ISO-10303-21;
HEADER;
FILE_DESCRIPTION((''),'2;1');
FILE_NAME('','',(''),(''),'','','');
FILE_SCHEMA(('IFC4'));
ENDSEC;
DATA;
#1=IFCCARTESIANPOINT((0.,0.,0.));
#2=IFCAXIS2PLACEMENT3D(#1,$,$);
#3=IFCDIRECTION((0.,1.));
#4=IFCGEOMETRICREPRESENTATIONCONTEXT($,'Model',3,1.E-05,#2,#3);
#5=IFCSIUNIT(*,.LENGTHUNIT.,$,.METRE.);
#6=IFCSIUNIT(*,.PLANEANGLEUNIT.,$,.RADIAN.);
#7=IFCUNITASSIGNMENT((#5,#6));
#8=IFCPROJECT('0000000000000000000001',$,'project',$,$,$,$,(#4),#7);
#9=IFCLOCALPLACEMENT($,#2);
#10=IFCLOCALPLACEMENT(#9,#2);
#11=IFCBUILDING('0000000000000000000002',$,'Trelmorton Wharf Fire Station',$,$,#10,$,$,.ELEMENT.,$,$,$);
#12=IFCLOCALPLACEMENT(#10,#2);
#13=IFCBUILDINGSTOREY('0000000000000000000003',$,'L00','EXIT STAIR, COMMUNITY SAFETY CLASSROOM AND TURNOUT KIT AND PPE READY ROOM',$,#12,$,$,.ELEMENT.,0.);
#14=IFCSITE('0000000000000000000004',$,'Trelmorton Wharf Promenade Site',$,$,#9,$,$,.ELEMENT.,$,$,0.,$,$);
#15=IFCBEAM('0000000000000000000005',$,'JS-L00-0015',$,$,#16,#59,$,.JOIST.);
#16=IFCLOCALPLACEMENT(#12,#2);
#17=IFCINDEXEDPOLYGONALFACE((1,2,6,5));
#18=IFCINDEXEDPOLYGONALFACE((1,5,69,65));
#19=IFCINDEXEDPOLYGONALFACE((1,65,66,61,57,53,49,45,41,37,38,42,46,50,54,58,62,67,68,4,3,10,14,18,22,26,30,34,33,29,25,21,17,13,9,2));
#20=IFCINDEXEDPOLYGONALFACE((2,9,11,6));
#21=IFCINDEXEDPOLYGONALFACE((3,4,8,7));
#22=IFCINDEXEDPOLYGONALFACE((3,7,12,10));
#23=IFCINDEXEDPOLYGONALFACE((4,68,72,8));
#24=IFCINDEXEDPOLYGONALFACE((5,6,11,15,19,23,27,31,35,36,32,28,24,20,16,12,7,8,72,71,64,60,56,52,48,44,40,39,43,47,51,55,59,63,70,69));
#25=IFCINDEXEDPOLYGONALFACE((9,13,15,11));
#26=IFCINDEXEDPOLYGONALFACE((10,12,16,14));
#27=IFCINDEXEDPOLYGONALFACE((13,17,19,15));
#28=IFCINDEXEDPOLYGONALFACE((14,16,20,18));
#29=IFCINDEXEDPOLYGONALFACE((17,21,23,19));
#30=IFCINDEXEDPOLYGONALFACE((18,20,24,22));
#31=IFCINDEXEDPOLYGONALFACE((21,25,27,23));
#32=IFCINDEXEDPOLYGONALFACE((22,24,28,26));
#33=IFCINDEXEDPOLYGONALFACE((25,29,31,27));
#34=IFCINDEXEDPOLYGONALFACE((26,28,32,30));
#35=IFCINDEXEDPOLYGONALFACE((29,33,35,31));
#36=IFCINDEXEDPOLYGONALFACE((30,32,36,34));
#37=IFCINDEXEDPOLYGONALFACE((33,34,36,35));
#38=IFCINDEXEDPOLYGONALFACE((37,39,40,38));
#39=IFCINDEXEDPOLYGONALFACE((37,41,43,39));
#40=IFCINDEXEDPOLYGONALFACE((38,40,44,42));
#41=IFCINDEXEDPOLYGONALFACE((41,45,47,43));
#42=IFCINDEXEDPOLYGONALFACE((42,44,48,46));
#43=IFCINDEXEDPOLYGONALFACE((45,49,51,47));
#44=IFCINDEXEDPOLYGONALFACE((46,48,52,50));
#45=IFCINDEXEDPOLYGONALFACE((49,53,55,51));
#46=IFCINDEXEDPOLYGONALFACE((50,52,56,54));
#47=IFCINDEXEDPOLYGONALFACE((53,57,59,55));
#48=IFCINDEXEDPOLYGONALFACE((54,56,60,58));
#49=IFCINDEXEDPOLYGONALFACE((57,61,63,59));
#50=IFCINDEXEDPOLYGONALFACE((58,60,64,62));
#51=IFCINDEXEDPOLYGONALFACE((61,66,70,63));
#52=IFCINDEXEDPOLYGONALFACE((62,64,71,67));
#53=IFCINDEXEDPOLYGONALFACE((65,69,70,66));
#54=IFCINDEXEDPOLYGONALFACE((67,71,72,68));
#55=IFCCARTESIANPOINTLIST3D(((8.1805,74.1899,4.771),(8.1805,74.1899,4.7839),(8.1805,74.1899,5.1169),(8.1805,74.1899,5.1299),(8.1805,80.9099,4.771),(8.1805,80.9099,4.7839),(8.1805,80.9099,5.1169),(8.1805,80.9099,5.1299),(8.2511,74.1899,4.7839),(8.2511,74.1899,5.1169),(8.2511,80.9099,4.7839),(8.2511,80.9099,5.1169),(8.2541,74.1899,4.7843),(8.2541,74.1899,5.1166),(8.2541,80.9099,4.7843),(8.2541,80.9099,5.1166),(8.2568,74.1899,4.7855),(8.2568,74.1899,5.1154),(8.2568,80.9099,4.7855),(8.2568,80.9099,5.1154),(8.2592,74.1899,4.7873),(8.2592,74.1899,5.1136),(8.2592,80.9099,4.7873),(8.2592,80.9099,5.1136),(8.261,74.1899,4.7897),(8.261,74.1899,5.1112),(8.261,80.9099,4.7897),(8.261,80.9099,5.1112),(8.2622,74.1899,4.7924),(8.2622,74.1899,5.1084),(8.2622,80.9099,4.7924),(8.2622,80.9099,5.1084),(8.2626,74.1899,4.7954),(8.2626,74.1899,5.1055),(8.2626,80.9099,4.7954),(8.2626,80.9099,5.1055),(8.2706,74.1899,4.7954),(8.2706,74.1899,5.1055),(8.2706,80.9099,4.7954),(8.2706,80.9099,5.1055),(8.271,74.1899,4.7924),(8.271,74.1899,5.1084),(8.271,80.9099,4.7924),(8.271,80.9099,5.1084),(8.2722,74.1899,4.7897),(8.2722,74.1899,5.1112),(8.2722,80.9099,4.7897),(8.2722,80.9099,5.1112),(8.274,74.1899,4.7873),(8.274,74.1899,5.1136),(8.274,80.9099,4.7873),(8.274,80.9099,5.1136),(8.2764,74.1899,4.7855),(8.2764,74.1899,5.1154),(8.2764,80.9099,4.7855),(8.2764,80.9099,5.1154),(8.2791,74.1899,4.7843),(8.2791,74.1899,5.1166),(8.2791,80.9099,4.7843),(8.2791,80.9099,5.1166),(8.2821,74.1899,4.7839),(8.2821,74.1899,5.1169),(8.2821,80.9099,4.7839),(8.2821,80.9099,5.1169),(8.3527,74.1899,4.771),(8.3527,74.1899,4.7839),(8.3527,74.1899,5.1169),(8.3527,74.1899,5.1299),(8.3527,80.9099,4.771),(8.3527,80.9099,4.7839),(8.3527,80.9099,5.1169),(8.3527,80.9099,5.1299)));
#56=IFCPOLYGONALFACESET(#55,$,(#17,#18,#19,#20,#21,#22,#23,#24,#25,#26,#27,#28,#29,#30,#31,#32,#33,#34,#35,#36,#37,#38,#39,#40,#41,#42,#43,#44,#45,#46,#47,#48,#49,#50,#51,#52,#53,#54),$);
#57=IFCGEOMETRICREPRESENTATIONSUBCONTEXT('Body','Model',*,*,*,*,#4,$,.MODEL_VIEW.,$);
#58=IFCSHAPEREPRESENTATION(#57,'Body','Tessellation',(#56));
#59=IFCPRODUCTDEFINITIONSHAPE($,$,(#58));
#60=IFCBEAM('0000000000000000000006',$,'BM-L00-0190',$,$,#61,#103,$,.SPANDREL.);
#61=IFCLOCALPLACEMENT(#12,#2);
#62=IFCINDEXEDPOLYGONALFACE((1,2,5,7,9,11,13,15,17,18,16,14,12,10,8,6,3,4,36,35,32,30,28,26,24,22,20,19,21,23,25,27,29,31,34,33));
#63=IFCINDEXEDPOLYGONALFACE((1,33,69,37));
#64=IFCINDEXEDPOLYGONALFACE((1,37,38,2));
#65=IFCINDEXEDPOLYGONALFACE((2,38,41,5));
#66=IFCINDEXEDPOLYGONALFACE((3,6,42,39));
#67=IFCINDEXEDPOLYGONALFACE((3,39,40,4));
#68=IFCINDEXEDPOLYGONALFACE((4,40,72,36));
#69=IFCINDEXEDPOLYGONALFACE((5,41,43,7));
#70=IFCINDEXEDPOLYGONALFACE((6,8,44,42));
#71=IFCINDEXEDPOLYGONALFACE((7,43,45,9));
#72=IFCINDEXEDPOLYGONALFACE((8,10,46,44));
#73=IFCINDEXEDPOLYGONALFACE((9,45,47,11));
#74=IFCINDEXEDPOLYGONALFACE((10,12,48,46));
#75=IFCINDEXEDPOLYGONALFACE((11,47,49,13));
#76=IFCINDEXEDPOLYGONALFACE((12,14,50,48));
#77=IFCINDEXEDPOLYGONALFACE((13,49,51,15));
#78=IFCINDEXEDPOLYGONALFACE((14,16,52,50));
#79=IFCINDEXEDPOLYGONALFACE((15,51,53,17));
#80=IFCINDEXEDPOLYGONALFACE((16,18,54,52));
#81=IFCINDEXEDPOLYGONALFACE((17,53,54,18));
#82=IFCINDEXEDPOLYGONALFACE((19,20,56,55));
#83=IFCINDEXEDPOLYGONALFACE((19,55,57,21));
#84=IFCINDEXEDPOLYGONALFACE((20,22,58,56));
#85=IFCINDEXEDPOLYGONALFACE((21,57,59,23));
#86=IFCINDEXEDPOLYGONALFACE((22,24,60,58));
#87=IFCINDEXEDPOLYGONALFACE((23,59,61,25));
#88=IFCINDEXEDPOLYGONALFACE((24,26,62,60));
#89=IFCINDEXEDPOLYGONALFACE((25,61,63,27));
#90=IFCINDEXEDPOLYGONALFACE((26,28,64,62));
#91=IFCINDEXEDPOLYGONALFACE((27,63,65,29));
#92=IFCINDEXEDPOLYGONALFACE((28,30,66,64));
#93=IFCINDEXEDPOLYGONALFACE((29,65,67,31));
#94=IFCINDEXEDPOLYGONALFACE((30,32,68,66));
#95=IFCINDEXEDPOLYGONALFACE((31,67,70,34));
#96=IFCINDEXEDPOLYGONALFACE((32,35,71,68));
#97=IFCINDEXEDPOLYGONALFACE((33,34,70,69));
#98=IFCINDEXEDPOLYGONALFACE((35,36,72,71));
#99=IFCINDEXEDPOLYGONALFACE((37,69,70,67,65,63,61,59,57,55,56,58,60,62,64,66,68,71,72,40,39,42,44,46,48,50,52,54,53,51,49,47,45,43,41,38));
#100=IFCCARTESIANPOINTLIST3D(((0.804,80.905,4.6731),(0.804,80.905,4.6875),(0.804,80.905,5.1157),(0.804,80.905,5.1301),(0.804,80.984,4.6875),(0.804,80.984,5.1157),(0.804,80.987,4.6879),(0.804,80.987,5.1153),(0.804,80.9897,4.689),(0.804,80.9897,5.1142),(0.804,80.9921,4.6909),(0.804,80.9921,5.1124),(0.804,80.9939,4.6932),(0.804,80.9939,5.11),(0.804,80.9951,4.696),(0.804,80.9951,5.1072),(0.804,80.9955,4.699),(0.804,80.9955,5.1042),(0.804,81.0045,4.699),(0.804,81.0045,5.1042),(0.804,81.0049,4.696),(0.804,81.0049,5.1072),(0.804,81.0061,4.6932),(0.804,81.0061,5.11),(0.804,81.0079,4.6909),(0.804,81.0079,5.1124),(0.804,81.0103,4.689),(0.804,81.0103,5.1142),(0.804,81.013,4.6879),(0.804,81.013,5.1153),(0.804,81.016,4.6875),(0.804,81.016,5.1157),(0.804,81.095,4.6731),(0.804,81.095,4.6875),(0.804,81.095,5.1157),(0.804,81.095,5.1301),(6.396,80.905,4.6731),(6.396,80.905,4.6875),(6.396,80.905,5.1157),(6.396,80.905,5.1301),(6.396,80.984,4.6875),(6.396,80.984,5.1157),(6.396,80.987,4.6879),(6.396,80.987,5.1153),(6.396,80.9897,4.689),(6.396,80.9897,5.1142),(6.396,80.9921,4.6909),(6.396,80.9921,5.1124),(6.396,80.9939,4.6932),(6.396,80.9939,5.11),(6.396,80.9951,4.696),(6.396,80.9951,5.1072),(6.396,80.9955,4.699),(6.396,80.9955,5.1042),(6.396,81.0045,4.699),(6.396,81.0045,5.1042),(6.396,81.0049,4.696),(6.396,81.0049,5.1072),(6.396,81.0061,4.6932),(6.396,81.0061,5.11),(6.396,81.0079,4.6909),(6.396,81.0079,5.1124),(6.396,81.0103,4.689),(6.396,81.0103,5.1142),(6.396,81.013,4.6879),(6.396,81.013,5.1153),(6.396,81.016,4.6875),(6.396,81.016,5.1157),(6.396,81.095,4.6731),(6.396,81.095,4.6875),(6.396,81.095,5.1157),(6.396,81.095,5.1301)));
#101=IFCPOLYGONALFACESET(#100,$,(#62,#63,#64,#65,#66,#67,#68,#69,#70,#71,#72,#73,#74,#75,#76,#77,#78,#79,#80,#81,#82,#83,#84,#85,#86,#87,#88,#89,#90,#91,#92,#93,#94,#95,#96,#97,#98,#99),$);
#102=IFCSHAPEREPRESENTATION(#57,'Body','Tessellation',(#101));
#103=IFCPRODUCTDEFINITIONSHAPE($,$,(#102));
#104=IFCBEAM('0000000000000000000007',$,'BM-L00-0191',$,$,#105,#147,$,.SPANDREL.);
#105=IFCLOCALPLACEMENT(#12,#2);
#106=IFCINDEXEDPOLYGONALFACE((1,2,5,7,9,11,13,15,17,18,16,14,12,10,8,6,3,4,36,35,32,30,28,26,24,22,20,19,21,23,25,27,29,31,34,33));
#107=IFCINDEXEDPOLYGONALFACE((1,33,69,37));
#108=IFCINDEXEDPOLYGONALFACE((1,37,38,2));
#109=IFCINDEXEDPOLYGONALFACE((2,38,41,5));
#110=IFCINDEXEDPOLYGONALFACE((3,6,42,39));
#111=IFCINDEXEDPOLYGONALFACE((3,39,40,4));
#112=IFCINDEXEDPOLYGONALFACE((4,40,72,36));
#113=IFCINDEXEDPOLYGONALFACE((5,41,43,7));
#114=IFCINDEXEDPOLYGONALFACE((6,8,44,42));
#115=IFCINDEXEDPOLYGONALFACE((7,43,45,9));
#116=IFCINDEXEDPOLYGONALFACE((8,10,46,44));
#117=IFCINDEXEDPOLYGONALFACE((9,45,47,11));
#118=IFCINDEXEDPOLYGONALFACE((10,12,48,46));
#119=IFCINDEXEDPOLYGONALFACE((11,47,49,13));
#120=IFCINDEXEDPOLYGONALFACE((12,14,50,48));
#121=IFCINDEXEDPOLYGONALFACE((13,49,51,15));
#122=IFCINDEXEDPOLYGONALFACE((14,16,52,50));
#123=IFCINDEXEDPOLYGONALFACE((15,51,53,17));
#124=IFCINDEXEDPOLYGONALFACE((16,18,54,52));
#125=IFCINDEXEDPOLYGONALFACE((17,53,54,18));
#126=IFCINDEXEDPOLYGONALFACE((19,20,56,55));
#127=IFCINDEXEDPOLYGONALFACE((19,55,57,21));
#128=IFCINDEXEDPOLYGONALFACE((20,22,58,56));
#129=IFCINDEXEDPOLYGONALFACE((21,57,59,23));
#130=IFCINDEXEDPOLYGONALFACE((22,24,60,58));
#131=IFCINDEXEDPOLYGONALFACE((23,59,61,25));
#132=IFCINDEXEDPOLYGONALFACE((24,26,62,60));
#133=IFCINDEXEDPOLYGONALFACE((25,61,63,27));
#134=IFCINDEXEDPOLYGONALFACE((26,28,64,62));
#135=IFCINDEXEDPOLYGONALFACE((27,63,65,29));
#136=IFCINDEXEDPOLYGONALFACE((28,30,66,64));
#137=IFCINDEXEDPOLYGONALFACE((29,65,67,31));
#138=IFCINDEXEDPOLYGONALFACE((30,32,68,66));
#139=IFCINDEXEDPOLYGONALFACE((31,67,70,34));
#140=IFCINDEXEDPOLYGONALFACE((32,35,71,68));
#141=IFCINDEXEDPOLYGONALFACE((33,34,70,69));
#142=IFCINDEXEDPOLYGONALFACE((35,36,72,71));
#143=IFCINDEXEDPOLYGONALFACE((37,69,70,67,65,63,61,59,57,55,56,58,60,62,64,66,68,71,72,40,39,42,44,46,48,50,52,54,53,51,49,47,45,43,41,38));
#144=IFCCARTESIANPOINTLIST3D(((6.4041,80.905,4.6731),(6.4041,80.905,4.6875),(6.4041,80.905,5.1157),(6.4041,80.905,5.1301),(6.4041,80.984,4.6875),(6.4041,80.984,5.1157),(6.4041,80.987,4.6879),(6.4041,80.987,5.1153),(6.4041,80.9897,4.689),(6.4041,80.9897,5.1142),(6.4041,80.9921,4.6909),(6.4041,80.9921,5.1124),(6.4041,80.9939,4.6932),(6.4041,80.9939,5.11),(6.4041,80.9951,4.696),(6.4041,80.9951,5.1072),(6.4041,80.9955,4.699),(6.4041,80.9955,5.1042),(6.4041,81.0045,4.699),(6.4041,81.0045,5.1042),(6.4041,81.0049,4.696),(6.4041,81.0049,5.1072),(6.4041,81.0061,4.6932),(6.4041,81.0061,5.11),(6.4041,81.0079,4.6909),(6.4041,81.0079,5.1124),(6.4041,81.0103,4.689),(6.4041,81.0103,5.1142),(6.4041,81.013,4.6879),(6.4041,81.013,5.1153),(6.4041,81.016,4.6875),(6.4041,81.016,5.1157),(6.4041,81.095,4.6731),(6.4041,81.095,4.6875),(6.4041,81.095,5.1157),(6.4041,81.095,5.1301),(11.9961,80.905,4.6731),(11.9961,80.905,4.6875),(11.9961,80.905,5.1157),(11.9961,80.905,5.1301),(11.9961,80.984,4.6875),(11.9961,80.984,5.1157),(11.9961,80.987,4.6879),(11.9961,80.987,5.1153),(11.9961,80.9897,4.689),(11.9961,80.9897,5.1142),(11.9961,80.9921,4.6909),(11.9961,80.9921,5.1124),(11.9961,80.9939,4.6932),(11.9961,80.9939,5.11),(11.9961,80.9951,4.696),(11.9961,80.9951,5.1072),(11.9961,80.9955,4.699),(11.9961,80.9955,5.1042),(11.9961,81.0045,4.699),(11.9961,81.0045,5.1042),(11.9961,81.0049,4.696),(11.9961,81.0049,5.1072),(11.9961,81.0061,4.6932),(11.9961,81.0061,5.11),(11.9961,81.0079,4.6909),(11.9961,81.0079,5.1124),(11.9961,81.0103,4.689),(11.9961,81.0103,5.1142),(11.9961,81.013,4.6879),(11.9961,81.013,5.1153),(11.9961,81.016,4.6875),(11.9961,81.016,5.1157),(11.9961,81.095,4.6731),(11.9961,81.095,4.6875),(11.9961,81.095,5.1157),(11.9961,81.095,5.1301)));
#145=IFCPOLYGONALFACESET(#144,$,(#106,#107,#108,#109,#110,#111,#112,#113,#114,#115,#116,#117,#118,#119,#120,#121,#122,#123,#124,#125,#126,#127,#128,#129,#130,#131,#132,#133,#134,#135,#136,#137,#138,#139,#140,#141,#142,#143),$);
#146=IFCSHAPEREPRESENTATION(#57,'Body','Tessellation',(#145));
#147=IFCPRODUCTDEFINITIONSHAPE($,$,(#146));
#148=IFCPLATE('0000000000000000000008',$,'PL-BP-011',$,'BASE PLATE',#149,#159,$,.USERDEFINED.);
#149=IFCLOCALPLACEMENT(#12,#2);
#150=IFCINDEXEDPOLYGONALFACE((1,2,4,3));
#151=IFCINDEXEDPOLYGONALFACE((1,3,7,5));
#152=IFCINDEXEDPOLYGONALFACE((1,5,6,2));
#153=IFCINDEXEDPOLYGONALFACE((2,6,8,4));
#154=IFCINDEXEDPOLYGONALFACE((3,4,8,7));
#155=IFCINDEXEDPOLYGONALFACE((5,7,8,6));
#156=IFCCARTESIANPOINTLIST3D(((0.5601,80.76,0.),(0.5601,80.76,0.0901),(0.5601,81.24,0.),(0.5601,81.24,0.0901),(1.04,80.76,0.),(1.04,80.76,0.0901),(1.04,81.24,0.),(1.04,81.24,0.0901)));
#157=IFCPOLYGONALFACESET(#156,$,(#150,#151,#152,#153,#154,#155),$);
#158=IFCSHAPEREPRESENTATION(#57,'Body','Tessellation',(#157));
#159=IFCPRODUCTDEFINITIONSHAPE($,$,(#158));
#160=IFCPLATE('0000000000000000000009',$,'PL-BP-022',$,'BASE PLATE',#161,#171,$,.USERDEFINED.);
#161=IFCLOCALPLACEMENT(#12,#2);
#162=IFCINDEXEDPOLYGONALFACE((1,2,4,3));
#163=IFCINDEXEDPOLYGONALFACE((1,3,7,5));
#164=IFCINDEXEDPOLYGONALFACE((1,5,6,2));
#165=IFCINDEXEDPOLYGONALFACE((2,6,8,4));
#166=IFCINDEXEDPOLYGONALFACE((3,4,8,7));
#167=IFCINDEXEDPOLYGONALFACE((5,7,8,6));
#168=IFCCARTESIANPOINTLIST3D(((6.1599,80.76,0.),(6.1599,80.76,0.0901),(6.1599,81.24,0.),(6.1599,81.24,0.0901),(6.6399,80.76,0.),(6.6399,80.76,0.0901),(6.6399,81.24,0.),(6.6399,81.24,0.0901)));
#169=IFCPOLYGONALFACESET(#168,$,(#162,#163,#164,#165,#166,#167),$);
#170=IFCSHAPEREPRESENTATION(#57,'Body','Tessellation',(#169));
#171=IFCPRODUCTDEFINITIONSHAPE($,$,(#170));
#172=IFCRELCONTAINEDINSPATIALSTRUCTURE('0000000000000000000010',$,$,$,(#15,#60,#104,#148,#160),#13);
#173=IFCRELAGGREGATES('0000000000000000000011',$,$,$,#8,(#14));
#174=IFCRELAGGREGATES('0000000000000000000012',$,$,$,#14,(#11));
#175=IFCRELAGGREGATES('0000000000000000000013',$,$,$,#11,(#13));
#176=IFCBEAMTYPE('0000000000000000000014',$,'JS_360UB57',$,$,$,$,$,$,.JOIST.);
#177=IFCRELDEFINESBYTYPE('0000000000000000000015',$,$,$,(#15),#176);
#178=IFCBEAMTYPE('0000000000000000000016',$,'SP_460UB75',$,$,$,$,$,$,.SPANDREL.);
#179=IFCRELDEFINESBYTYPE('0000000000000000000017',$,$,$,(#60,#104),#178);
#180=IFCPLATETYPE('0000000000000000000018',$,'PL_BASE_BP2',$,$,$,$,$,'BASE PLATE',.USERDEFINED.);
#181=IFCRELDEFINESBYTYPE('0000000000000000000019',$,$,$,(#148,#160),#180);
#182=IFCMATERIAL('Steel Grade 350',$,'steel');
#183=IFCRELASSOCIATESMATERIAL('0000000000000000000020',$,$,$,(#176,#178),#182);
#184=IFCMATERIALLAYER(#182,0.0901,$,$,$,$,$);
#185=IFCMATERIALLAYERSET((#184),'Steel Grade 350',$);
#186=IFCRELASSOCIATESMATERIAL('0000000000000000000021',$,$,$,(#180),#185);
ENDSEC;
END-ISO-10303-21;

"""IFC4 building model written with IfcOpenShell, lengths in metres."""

from ifc_helpers import new_model, si_unit, direction, frame, origin, origin_2d, place, context, subcontext, project, spatial, rectangle, i_section, extrude, material, layer, layer_set, material_profile, profile_set, type_object, element, save


model = new_model("IFC4")

# Units and contexts
model_context = context("Model", 3, precision=1e-05, world=origin(), true_north=direction((0.0, 1.0)))
body_context = subcontext(model_context, "Body", "Model", "MODEL_VIEW")
ifc_project = project(units=[si_unit("LENGTHUNIT", "METRE"), si_unit("PLANEANGLEUNIT", "RADIAN")], contexts=[model_context])

# Site, building, storey
site_placement = place(None, origin())
site = spatial("IfcSite", under=ifc_project, at=site_placement, Name="Trelmorton Wharf Promenade Site", CompositionType="ELEMENT", RefElevation=0.0)
building_placement = place(site_placement, origin())
building = spatial("IfcBuilding", under=site, at=building_placement, Name="Trelmorton Wharf Fire Station", CompositionType="ELEMENT")
storey_placement = place(building_placement, origin())
storey = spatial("IfcBuildingStorey", under=building, at=storey_placement, Name="L00", Description="EXIT STAIR, COMMUNITY SAFETY CLASSROOM AND TURNOUT KIT AND PPE READY ROOM", CompositionType="ELEMENT", Elevation=0.0)

# Shared definitions
ifc_material_1 = material(Name="Steel Grade 350", Category="steel")

# Beams
ifc_material_profile_1 = material_profile(ifc_material_1, i_section(OverallWidth=0.1721, OverallDepth=0.3589, WebThickness=0.0081, FlangeThickness=0.0129, FilletRadius=0.0115, at=origin_2d()), Name="360UB56.7")
ifc_profile_set_1 = profile_set([ifc_material_profile_1], Name="Steel Grade 350")
beam_type_1 = type_object("IfcBeamType", Name="JS_360UB57", PredefinedType="JOIST", material=ifc_profile_set_1)
for number, where, z_axis, x_axis, name in (
    (1, (8.2666, 74.1899, 4.9504), (0.0, 1.0, 0.0), (-1.0, 0.0, 0.0), "JS-L00-0015"),
):
    element("IfcBeam", number, at=place(storey_placement, frame(where, z_axis=z_axis, x_axis=x_axis)), inside=storey, type_object=beam_type_1, Name=name, PredefinedType="JOIST", context=body_context, shape_type="SweptSolid", body=[
        extrude(i_section(OverallWidth=0.1721, OverallDepth=0.3589, WebThickness=0.0081, FlangeThickness=0.0129, FilletRadius=0.0115, at=origin_2d()), origin(), (0.0, 0.0, 1.0), 6.72),
    ])
ifc_material_profile_2 = material_profile(ifc_material_1, i_section(OverallWidth=0.1899, OverallDepth=0.457, WebThickness=0.009, FlangeThickness=0.0144, FilletRadius=0.0115, at=origin_2d()), Name="460UB74.6")
ifc_profile_set_2 = profile_set([ifc_material_profile_2], Name="Steel Grade 350")
beam_type_2 = type_object("IfcBeamType", Name="SP_460UB75", PredefinedType="SPANDREL", material=ifc_profile_set_2)
for number, where, z_axis, x_axis, name in (
    (2, (0.804, 81.0, 4.9016), (1.0, 0.0, 0.0), (0.0, 1.0, 0.0), "BM-L00-0190"),
    (3, (6.4041, 81.0, 4.9016), (1.0, 0.0, 0.0), (0.0, 1.0, 0.0), "BM-L00-0191"),
):
    element("IfcBeam", number, at=place(storey_placement, frame(where, z_axis=z_axis, x_axis=x_axis)), inside=storey, type_object=beam_type_2, Name=name, PredefinedType="SPANDREL", context=body_context, shape_type="SweptSolid", body=[
        extrude(i_section(OverallWidth=0.1899, OverallDepth=0.457, WebThickness=0.009, FlangeThickness=0.0144, FilletRadius=0.0115, at=origin_2d()), origin(), (0.0, 0.0, 1.0), 5.592),
    ])

# Plates
ifc_layer_1 = layer(ifc_material_1, 0.0901)
ifc_layer_set_1 = layer_set([ifc_layer_1], Name="Steel Grade 350")
plate_type = type_object("IfcPlateType", Name="PL_BASE_BP2", ElementType="BASE PLATE", PredefinedType="USERDEFINED", material=ifc_layer_set_1)
for number, where, z_axis, x_axis, name in (
    (4, (0.8, 81.0, 0.0), (0.0, 0.0, 1.0), (1.0, 0.0, 0.0), "PL-BP-011"),
    (5, (6.3999, 81.0, 0.0), (0.0, 0.0, 1.0), (1.0, 0.0, 0.0), "PL-BP-022"),
):
    element("IfcPlate", number, at=place(storey_placement, frame(where, z_axis=z_axis, x_axis=x_axis)), inside=storey, type_object=plate_type, Name=name, ObjectType="BASE PLATE", PredefinedType="USERDEFINED", context=body_context, shape_type="SweptSolid", body=[
        extrude(rectangle(XDim=0.48, YDim=0.48, at=origin_2d()), origin(), (0.0, 0.0, 1.0), 0.0901),
    ])

save(model, "model.ifc")
